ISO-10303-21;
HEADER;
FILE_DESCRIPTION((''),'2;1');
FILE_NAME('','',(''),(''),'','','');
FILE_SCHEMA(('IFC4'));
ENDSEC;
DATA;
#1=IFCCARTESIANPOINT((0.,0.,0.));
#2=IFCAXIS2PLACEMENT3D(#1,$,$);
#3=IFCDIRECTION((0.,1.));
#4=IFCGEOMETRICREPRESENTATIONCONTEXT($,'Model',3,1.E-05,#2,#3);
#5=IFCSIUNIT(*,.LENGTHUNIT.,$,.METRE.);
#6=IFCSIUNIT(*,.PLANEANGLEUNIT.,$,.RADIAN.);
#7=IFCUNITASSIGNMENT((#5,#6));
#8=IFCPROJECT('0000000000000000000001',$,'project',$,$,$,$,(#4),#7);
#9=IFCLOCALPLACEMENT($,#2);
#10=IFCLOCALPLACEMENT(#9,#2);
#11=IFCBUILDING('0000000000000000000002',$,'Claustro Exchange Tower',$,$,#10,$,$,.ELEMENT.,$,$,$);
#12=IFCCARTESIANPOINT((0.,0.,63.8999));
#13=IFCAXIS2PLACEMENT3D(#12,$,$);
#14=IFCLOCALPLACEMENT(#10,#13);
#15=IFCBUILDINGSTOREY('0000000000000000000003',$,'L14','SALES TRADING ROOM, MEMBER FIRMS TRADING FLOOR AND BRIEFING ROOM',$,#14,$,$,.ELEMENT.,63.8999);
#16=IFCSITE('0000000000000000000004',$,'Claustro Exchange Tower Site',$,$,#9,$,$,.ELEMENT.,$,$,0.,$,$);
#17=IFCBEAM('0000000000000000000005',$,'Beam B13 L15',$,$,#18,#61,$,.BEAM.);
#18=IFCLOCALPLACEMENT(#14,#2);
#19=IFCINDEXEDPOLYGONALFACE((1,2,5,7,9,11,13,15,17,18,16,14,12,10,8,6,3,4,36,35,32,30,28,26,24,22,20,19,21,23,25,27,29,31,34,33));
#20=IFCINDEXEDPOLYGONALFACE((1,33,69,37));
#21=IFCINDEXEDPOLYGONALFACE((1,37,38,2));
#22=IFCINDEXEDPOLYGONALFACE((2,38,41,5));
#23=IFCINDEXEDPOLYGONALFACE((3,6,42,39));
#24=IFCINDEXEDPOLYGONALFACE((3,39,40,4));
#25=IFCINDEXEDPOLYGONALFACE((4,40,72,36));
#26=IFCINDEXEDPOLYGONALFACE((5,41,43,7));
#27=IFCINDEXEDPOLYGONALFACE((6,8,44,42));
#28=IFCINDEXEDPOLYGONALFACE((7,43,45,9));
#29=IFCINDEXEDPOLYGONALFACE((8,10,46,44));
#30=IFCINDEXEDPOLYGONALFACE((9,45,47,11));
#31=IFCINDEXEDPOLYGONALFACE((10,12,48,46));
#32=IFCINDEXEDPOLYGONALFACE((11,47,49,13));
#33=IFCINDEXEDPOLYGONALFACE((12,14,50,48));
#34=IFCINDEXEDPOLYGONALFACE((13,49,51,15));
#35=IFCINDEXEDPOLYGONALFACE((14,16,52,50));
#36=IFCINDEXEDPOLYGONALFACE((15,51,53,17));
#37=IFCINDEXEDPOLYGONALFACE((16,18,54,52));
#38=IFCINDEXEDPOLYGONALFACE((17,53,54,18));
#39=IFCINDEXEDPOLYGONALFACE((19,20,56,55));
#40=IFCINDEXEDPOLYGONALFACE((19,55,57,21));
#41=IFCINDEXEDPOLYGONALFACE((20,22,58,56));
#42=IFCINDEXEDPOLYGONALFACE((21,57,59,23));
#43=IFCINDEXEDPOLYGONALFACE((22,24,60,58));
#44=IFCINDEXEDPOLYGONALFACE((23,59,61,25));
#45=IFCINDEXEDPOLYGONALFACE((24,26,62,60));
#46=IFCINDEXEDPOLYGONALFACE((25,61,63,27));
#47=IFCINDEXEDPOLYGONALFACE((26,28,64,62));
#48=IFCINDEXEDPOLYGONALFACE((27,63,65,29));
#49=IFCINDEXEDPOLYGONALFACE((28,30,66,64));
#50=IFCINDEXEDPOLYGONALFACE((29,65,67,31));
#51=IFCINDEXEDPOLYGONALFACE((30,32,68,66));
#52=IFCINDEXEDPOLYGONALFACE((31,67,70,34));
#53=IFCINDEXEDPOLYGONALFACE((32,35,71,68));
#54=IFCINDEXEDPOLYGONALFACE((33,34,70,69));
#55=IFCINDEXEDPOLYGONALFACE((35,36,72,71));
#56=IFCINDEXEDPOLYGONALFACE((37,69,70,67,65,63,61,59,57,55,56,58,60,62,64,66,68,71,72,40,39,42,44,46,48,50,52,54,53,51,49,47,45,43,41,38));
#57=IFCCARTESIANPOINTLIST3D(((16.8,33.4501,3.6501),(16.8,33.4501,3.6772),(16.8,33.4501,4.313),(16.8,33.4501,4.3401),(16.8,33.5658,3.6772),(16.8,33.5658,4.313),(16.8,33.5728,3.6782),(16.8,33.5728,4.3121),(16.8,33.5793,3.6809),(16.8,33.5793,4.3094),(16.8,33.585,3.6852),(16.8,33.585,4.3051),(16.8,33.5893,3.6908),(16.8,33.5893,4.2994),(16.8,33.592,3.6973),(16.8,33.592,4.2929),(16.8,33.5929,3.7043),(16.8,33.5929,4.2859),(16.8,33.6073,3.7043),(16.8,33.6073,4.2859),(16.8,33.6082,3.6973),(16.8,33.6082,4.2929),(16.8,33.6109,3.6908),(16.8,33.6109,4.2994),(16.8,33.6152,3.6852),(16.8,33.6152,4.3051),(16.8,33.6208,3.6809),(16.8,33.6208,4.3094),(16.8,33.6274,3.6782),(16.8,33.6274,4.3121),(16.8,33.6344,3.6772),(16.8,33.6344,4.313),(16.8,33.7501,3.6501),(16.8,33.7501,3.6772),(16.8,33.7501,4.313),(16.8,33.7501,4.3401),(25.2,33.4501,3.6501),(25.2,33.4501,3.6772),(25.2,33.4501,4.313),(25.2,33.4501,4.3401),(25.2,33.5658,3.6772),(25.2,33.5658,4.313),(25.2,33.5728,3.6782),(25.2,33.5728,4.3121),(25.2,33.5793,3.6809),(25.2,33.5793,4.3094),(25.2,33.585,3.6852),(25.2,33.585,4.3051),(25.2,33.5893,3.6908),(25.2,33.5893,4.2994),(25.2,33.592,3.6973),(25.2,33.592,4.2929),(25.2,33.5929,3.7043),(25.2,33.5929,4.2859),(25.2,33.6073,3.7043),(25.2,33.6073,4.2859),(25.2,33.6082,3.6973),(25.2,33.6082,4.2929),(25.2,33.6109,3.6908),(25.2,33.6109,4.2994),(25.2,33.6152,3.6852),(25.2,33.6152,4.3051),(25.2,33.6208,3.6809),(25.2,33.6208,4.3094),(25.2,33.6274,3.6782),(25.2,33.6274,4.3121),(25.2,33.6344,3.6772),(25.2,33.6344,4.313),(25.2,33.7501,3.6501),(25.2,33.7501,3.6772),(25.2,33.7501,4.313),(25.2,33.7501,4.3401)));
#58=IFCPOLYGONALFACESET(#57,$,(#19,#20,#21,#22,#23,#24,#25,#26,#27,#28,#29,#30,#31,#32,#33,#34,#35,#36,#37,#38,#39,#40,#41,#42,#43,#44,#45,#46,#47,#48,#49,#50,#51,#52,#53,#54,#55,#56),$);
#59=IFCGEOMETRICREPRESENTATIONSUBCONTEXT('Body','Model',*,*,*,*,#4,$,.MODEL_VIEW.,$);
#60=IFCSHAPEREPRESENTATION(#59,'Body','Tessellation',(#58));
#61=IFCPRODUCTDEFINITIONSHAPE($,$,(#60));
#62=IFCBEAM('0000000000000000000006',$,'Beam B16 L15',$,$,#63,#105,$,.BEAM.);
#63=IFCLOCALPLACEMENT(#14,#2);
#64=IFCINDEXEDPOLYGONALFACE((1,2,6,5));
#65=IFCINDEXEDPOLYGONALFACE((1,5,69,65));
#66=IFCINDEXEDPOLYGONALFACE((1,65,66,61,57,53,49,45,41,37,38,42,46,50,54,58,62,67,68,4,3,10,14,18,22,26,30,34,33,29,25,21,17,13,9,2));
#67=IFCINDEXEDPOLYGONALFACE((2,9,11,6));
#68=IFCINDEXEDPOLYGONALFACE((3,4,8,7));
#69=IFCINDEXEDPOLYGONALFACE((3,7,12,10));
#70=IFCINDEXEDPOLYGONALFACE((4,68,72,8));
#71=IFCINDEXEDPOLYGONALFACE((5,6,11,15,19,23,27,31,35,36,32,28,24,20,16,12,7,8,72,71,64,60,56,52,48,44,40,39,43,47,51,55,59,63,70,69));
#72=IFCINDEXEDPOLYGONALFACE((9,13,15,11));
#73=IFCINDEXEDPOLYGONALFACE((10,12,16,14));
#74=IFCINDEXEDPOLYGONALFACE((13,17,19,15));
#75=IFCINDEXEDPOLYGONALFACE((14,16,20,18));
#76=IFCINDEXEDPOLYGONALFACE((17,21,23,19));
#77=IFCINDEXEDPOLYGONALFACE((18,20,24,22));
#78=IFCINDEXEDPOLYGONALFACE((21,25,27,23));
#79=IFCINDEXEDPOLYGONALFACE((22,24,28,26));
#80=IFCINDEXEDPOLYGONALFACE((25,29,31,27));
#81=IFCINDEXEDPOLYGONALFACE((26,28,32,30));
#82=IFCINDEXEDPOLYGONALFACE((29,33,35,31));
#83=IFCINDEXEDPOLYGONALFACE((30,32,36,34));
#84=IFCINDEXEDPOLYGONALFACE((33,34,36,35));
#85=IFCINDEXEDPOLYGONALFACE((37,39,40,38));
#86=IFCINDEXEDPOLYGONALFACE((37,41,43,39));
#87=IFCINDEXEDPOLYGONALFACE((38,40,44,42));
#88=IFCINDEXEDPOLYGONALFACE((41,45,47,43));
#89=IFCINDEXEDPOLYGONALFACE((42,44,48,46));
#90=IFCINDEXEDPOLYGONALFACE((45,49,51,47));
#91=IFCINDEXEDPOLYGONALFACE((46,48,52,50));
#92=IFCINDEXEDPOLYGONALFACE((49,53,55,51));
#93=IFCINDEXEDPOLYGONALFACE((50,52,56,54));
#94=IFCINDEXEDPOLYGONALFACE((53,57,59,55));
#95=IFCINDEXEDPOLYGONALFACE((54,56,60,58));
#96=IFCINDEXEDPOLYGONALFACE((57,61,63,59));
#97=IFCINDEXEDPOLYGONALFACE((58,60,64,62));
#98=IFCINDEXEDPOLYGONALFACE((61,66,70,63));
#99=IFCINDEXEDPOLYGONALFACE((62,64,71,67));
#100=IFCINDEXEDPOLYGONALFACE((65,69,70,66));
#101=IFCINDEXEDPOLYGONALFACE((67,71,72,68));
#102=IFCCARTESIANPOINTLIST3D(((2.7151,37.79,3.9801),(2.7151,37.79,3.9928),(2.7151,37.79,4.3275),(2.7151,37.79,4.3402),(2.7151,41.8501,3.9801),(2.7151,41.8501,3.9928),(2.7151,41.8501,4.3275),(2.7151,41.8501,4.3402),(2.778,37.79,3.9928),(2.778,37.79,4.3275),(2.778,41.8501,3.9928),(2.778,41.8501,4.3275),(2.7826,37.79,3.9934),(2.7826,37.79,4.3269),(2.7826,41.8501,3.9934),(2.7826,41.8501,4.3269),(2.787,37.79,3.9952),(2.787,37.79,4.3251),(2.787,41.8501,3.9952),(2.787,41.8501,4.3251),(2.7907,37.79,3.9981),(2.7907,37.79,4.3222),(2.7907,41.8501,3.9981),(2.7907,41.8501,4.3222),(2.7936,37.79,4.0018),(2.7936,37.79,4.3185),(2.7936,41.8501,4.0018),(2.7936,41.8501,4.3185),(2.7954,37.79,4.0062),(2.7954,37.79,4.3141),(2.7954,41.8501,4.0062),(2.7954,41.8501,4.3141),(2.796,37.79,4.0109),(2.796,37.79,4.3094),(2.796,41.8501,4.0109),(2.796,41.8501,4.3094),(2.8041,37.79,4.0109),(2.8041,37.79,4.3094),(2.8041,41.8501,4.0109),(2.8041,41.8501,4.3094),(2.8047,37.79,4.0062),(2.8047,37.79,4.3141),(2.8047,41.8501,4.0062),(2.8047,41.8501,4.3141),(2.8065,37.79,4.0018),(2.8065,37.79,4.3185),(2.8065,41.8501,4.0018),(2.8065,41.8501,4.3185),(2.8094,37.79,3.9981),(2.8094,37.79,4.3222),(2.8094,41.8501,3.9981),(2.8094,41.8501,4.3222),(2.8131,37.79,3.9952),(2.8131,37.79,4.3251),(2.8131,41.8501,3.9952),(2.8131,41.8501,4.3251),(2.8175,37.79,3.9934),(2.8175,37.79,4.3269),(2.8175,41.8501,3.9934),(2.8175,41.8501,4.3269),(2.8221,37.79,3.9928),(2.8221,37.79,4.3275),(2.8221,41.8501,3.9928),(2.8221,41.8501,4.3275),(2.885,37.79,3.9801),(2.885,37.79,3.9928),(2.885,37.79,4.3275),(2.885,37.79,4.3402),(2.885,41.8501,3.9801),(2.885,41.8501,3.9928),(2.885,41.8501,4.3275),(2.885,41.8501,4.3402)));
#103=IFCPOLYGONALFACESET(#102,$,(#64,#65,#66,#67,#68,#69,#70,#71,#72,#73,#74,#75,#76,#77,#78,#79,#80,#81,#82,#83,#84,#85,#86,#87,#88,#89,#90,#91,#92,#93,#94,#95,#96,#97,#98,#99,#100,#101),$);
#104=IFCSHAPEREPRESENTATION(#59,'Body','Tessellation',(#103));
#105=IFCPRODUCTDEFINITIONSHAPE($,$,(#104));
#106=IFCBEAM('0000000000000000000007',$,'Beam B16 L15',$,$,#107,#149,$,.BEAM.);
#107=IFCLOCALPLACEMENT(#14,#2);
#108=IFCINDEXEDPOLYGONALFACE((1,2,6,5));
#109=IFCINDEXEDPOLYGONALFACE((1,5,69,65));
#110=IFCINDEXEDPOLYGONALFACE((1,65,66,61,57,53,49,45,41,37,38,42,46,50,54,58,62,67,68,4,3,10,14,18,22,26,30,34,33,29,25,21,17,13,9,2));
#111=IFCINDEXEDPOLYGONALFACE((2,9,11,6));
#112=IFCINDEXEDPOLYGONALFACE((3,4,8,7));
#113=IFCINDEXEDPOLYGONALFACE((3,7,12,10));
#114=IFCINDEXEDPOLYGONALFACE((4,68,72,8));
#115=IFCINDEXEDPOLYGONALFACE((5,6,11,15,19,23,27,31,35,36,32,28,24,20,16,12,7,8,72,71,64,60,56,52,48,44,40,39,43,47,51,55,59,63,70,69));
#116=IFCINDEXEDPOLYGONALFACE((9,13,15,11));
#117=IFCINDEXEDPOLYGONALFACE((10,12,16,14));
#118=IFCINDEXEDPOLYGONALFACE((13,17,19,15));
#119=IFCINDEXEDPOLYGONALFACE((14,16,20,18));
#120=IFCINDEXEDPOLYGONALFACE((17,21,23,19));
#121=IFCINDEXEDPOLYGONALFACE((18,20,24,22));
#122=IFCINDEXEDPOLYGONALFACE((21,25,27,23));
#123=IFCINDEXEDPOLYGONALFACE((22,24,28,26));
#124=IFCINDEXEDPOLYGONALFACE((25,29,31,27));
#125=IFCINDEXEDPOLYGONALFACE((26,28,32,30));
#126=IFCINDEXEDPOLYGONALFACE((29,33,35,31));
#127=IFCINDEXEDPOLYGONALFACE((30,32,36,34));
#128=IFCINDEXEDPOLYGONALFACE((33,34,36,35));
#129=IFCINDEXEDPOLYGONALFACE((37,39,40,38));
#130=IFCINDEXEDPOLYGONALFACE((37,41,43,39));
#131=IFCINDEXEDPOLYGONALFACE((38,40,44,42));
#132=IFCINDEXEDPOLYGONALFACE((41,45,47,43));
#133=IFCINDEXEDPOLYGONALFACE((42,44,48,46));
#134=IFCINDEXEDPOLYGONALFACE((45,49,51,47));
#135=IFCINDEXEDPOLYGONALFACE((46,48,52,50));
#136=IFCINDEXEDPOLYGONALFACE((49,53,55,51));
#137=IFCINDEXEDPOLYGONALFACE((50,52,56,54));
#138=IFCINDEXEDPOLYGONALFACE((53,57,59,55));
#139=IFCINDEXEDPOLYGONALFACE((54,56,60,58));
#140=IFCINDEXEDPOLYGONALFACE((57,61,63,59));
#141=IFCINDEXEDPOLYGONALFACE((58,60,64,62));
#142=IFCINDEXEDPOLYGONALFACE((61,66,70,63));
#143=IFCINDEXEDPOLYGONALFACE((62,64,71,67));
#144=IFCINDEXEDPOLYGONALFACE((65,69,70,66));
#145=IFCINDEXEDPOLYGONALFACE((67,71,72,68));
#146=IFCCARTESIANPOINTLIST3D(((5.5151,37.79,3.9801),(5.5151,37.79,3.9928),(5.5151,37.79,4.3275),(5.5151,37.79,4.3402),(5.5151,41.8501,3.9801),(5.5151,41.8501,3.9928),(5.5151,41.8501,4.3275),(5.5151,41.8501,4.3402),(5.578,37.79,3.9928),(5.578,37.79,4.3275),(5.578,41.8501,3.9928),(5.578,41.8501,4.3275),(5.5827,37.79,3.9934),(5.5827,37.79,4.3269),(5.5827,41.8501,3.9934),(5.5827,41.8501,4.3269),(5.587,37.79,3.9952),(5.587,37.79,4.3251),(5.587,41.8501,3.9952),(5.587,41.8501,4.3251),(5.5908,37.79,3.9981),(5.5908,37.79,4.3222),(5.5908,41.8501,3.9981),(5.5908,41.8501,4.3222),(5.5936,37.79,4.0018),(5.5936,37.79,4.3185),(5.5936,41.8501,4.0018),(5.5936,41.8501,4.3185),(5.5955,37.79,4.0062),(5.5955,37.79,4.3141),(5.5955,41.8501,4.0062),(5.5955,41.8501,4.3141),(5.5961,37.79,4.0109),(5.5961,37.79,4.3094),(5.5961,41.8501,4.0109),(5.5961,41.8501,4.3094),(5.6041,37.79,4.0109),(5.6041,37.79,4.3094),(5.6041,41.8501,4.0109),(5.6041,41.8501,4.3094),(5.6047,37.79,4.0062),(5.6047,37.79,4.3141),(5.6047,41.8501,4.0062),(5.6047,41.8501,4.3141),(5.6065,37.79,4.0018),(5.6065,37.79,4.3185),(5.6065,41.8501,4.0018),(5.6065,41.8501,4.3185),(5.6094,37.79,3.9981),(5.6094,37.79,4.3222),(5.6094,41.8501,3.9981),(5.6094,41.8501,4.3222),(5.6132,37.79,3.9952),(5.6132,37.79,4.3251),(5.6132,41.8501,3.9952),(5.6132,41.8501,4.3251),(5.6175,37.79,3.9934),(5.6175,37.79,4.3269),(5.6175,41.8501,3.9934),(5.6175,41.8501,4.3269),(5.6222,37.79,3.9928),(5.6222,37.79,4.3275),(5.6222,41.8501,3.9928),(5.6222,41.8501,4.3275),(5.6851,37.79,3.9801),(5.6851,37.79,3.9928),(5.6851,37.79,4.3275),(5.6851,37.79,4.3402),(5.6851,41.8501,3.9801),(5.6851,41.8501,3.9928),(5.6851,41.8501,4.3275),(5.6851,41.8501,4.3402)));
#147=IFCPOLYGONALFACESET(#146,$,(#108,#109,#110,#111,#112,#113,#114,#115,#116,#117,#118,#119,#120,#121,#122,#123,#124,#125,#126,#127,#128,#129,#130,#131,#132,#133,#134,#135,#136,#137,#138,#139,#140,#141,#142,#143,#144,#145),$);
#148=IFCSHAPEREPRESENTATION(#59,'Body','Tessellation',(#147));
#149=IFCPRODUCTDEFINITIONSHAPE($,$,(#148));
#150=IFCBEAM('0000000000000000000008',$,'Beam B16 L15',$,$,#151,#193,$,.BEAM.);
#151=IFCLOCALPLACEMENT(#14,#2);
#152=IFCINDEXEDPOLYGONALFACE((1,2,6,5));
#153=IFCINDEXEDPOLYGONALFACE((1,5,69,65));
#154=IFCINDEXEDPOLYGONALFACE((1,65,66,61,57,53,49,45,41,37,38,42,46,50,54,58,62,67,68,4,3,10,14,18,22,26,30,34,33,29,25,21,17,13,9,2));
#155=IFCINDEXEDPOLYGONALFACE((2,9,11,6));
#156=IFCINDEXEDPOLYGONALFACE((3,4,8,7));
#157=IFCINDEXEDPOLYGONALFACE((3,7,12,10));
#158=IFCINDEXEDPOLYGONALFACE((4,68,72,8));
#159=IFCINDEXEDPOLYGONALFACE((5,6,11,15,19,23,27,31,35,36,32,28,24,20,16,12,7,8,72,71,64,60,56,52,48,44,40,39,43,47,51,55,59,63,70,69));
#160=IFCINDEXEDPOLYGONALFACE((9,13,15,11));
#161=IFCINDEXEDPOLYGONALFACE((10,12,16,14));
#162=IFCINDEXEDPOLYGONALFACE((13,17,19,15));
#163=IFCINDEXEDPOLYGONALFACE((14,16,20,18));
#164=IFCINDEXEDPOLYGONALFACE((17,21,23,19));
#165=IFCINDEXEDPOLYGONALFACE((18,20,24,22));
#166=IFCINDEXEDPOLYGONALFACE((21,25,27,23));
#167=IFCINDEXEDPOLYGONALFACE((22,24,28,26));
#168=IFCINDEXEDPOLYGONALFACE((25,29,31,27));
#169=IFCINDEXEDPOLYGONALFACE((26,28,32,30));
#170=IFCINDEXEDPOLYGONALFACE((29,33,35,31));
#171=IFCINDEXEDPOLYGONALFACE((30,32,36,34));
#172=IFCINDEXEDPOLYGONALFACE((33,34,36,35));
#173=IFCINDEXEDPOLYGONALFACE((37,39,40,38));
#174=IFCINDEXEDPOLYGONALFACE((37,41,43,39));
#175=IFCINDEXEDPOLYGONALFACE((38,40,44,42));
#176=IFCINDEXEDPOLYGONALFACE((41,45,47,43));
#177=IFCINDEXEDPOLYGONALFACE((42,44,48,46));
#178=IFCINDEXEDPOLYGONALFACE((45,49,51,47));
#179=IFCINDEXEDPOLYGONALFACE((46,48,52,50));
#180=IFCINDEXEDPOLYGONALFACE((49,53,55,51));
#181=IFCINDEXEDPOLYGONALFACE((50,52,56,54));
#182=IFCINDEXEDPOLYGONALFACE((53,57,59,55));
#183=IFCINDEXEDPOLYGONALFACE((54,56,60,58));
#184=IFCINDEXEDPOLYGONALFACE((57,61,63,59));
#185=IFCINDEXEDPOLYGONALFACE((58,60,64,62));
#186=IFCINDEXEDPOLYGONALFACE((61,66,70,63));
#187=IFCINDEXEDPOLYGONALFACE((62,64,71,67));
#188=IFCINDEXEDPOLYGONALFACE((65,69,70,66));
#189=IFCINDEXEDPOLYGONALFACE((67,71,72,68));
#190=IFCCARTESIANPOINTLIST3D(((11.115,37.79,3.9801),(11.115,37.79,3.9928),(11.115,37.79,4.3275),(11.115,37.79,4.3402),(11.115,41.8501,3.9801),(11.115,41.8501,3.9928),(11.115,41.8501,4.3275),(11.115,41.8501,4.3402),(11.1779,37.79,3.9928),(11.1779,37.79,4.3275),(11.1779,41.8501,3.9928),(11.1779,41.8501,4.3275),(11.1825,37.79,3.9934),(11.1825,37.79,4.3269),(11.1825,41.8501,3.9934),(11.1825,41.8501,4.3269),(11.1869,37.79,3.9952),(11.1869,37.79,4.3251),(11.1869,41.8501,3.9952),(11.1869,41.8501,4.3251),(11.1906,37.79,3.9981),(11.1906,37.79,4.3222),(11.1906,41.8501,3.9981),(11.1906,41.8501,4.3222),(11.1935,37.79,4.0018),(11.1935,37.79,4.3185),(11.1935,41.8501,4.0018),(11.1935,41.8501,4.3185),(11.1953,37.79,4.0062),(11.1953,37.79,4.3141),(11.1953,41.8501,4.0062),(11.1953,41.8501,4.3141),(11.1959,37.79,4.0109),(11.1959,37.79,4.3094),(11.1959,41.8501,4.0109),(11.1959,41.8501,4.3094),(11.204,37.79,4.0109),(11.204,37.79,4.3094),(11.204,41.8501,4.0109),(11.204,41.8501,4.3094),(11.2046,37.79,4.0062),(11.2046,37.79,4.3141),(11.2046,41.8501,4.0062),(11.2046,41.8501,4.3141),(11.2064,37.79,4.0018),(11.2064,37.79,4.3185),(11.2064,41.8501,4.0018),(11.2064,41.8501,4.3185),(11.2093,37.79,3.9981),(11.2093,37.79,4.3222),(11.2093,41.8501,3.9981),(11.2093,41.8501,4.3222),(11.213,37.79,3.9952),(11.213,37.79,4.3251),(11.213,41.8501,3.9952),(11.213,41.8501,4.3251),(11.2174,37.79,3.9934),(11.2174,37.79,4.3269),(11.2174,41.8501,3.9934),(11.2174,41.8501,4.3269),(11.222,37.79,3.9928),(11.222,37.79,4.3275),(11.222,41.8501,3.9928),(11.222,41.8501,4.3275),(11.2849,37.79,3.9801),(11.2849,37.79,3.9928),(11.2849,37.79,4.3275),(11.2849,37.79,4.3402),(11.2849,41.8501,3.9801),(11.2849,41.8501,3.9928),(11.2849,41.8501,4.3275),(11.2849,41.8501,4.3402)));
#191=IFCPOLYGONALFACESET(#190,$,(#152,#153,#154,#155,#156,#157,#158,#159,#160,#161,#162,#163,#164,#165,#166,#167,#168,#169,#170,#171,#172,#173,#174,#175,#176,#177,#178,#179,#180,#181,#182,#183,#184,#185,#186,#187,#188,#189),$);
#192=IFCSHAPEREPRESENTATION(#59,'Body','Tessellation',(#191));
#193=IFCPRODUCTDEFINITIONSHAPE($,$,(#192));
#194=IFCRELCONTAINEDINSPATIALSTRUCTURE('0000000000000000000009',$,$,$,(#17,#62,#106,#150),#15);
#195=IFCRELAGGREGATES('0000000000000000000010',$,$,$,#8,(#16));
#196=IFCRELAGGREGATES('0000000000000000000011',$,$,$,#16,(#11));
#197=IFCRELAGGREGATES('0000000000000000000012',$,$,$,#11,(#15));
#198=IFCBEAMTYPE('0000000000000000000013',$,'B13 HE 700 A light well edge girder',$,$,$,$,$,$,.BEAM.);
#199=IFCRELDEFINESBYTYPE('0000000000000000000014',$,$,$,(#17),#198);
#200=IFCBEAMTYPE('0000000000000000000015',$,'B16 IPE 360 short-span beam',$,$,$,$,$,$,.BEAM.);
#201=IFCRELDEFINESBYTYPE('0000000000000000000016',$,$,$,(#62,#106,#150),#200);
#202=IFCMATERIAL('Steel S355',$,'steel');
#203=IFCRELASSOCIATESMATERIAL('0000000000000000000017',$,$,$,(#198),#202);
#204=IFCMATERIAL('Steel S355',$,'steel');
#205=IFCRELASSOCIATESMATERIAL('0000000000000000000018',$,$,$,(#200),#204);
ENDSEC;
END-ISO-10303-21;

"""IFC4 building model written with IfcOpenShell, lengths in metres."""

from ifc_helpers import new_model, si_unit, direction, frame, origin, origin_2d, place, context, subcontext, project, spatial, i_section, extrude, material, material_profile, profile_set, type_object, element, save


model = new_model("IFC4")

# Units and contexts
model_context = context("Model", 3, precision=1e-05, world=origin(), true_north=direction((0.0, 1.0)))
body_context = subcontext(model_context, "Body", "Model", "MODEL_VIEW")
ifc_project = project(units=[si_unit("LENGTHUNIT", "METRE"), si_unit("PLANEANGLEUNIT", "RADIAN")], contexts=[model_context])

# Site, building, storey
site_placement = place(None, origin())
site = spatial("IfcSite", under=ifc_project, at=site_placement, Name="Claustro Exchange Tower Site", CompositionType="ELEMENT", RefElevation=0.0)
building_placement = place(site_placement, origin())
building = spatial("IfcBuilding", under=site, at=building_placement, Name="Claustro Exchange Tower", CompositionType="ELEMENT")
storey_placement = place(building_placement, frame((0.0, 0.0, 63.8999)))
storey = spatial("IfcBuildingStorey", under=building, at=storey_placement, Name="L14", Description="SALES TRADING ROOM, MEMBER FIRMS TRADING FLOOR AND BRIEFING ROOM", CompositionType="ELEMENT", Elevation=63.8999)

# Beams
ifc_material_1 = material(Name="Steel S355", Category="steel")
ifc_material_profile_1 = material_profile(ifc_material_1, i_section(OverallWidth=0.3, OverallDepth=0.6899, WebThickness=0.0144, FlangeThickness=0.0271, FilletRadius=0.0271, at=origin_2d()), Name="HE 700 A")
ifc_profile_set_1 = profile_set([ifc_material_profile_1], Name="Steel S355")
beam_type_1 = type_object("IfcBeamType", Name="B13 HE 700 A light well edge girder", PredefinedType="BEAM", material=ifc_profile_set_1)
beam_placement = place(storey_placement, frame((16.8, 33.6001, 3.9951), z_axis=(1.0, 0.0, 0.0), x_axis=(0.0, 1.0, 0.0)))
element("IfcBeam", 1, at=beam_placement, inside=storey, type_object=beam_type_1, Name="Beam B13 L15", PredefinedType="BEAM", context=body_context, shape_type="SweptSolid", body=[
    extrude(i_section(OverallWidth=0.3, OverallDepth=0.6899, WebThickness=0.0144, FlangeThickness=0.0271, FilletRadius=0.0271, at=origin_2d()), origin(), (0.0, 0.0, 1.0), 8.3999),
])
ifc_material_2 = material(Name="Steel S355", Category="steel")
ifc_material_profile_2 = material_profile(ifc_material_2, i_section(OverallWidth=0.1699, OverallDepth=0.3601, WebThickness=0.0081, FlangeThickness=0.0127, FilletRadius=0.0181, at=origin_2d()), Name="IPE 360")
ifc_profile_set_2 = profile_set([ifc_material_profile_2], Name="Steel S355")
beam_type_2 = type_object("IfcBeamType", Name="B16 IPE 360 short-span beam", PredefinedType="BEAM", material=ifc_profile_set_2)
for number, where, z_axis, x_axis, name in (
    (2, (2.8, 37.79, 4.1602), (0.0, 1.0, 0.0), (-1.0, 0.0, 0.0), "Beam B16 L15"),
    (3, (5.6001, 37.79, 4.1602), (0.0, 1.0, 0.0), (-1.0, 0.0, 0.0), "Beam B16 L15"),
    (4, (11.2, 37.79, 4.1602), (0.0, 1.0, 0.0), (-1.0, 0.0, 0.0), "Beam B16 L15"),
):
    element("IfcBeam", number, at=place(storey_placement, frame(where, z_axis=z_axis, x_axis=x_axis)), inside=storey, type_object=beam_type_2, Name=name, PredefinedType="BEAM", context=body_context, shape_type="SweptSolid", body=[
        extrude(i_section(OverallWidth=0.1699, OverallDepth=0.3601, WebThickness=0.0081, FlangeThickness=0.0127, FilletRadius=0.0181, at=origin_2d()), origin(), (0.0, 0.0, 1.0), 4.0601),
    ])

save(model, "model.ifc")
